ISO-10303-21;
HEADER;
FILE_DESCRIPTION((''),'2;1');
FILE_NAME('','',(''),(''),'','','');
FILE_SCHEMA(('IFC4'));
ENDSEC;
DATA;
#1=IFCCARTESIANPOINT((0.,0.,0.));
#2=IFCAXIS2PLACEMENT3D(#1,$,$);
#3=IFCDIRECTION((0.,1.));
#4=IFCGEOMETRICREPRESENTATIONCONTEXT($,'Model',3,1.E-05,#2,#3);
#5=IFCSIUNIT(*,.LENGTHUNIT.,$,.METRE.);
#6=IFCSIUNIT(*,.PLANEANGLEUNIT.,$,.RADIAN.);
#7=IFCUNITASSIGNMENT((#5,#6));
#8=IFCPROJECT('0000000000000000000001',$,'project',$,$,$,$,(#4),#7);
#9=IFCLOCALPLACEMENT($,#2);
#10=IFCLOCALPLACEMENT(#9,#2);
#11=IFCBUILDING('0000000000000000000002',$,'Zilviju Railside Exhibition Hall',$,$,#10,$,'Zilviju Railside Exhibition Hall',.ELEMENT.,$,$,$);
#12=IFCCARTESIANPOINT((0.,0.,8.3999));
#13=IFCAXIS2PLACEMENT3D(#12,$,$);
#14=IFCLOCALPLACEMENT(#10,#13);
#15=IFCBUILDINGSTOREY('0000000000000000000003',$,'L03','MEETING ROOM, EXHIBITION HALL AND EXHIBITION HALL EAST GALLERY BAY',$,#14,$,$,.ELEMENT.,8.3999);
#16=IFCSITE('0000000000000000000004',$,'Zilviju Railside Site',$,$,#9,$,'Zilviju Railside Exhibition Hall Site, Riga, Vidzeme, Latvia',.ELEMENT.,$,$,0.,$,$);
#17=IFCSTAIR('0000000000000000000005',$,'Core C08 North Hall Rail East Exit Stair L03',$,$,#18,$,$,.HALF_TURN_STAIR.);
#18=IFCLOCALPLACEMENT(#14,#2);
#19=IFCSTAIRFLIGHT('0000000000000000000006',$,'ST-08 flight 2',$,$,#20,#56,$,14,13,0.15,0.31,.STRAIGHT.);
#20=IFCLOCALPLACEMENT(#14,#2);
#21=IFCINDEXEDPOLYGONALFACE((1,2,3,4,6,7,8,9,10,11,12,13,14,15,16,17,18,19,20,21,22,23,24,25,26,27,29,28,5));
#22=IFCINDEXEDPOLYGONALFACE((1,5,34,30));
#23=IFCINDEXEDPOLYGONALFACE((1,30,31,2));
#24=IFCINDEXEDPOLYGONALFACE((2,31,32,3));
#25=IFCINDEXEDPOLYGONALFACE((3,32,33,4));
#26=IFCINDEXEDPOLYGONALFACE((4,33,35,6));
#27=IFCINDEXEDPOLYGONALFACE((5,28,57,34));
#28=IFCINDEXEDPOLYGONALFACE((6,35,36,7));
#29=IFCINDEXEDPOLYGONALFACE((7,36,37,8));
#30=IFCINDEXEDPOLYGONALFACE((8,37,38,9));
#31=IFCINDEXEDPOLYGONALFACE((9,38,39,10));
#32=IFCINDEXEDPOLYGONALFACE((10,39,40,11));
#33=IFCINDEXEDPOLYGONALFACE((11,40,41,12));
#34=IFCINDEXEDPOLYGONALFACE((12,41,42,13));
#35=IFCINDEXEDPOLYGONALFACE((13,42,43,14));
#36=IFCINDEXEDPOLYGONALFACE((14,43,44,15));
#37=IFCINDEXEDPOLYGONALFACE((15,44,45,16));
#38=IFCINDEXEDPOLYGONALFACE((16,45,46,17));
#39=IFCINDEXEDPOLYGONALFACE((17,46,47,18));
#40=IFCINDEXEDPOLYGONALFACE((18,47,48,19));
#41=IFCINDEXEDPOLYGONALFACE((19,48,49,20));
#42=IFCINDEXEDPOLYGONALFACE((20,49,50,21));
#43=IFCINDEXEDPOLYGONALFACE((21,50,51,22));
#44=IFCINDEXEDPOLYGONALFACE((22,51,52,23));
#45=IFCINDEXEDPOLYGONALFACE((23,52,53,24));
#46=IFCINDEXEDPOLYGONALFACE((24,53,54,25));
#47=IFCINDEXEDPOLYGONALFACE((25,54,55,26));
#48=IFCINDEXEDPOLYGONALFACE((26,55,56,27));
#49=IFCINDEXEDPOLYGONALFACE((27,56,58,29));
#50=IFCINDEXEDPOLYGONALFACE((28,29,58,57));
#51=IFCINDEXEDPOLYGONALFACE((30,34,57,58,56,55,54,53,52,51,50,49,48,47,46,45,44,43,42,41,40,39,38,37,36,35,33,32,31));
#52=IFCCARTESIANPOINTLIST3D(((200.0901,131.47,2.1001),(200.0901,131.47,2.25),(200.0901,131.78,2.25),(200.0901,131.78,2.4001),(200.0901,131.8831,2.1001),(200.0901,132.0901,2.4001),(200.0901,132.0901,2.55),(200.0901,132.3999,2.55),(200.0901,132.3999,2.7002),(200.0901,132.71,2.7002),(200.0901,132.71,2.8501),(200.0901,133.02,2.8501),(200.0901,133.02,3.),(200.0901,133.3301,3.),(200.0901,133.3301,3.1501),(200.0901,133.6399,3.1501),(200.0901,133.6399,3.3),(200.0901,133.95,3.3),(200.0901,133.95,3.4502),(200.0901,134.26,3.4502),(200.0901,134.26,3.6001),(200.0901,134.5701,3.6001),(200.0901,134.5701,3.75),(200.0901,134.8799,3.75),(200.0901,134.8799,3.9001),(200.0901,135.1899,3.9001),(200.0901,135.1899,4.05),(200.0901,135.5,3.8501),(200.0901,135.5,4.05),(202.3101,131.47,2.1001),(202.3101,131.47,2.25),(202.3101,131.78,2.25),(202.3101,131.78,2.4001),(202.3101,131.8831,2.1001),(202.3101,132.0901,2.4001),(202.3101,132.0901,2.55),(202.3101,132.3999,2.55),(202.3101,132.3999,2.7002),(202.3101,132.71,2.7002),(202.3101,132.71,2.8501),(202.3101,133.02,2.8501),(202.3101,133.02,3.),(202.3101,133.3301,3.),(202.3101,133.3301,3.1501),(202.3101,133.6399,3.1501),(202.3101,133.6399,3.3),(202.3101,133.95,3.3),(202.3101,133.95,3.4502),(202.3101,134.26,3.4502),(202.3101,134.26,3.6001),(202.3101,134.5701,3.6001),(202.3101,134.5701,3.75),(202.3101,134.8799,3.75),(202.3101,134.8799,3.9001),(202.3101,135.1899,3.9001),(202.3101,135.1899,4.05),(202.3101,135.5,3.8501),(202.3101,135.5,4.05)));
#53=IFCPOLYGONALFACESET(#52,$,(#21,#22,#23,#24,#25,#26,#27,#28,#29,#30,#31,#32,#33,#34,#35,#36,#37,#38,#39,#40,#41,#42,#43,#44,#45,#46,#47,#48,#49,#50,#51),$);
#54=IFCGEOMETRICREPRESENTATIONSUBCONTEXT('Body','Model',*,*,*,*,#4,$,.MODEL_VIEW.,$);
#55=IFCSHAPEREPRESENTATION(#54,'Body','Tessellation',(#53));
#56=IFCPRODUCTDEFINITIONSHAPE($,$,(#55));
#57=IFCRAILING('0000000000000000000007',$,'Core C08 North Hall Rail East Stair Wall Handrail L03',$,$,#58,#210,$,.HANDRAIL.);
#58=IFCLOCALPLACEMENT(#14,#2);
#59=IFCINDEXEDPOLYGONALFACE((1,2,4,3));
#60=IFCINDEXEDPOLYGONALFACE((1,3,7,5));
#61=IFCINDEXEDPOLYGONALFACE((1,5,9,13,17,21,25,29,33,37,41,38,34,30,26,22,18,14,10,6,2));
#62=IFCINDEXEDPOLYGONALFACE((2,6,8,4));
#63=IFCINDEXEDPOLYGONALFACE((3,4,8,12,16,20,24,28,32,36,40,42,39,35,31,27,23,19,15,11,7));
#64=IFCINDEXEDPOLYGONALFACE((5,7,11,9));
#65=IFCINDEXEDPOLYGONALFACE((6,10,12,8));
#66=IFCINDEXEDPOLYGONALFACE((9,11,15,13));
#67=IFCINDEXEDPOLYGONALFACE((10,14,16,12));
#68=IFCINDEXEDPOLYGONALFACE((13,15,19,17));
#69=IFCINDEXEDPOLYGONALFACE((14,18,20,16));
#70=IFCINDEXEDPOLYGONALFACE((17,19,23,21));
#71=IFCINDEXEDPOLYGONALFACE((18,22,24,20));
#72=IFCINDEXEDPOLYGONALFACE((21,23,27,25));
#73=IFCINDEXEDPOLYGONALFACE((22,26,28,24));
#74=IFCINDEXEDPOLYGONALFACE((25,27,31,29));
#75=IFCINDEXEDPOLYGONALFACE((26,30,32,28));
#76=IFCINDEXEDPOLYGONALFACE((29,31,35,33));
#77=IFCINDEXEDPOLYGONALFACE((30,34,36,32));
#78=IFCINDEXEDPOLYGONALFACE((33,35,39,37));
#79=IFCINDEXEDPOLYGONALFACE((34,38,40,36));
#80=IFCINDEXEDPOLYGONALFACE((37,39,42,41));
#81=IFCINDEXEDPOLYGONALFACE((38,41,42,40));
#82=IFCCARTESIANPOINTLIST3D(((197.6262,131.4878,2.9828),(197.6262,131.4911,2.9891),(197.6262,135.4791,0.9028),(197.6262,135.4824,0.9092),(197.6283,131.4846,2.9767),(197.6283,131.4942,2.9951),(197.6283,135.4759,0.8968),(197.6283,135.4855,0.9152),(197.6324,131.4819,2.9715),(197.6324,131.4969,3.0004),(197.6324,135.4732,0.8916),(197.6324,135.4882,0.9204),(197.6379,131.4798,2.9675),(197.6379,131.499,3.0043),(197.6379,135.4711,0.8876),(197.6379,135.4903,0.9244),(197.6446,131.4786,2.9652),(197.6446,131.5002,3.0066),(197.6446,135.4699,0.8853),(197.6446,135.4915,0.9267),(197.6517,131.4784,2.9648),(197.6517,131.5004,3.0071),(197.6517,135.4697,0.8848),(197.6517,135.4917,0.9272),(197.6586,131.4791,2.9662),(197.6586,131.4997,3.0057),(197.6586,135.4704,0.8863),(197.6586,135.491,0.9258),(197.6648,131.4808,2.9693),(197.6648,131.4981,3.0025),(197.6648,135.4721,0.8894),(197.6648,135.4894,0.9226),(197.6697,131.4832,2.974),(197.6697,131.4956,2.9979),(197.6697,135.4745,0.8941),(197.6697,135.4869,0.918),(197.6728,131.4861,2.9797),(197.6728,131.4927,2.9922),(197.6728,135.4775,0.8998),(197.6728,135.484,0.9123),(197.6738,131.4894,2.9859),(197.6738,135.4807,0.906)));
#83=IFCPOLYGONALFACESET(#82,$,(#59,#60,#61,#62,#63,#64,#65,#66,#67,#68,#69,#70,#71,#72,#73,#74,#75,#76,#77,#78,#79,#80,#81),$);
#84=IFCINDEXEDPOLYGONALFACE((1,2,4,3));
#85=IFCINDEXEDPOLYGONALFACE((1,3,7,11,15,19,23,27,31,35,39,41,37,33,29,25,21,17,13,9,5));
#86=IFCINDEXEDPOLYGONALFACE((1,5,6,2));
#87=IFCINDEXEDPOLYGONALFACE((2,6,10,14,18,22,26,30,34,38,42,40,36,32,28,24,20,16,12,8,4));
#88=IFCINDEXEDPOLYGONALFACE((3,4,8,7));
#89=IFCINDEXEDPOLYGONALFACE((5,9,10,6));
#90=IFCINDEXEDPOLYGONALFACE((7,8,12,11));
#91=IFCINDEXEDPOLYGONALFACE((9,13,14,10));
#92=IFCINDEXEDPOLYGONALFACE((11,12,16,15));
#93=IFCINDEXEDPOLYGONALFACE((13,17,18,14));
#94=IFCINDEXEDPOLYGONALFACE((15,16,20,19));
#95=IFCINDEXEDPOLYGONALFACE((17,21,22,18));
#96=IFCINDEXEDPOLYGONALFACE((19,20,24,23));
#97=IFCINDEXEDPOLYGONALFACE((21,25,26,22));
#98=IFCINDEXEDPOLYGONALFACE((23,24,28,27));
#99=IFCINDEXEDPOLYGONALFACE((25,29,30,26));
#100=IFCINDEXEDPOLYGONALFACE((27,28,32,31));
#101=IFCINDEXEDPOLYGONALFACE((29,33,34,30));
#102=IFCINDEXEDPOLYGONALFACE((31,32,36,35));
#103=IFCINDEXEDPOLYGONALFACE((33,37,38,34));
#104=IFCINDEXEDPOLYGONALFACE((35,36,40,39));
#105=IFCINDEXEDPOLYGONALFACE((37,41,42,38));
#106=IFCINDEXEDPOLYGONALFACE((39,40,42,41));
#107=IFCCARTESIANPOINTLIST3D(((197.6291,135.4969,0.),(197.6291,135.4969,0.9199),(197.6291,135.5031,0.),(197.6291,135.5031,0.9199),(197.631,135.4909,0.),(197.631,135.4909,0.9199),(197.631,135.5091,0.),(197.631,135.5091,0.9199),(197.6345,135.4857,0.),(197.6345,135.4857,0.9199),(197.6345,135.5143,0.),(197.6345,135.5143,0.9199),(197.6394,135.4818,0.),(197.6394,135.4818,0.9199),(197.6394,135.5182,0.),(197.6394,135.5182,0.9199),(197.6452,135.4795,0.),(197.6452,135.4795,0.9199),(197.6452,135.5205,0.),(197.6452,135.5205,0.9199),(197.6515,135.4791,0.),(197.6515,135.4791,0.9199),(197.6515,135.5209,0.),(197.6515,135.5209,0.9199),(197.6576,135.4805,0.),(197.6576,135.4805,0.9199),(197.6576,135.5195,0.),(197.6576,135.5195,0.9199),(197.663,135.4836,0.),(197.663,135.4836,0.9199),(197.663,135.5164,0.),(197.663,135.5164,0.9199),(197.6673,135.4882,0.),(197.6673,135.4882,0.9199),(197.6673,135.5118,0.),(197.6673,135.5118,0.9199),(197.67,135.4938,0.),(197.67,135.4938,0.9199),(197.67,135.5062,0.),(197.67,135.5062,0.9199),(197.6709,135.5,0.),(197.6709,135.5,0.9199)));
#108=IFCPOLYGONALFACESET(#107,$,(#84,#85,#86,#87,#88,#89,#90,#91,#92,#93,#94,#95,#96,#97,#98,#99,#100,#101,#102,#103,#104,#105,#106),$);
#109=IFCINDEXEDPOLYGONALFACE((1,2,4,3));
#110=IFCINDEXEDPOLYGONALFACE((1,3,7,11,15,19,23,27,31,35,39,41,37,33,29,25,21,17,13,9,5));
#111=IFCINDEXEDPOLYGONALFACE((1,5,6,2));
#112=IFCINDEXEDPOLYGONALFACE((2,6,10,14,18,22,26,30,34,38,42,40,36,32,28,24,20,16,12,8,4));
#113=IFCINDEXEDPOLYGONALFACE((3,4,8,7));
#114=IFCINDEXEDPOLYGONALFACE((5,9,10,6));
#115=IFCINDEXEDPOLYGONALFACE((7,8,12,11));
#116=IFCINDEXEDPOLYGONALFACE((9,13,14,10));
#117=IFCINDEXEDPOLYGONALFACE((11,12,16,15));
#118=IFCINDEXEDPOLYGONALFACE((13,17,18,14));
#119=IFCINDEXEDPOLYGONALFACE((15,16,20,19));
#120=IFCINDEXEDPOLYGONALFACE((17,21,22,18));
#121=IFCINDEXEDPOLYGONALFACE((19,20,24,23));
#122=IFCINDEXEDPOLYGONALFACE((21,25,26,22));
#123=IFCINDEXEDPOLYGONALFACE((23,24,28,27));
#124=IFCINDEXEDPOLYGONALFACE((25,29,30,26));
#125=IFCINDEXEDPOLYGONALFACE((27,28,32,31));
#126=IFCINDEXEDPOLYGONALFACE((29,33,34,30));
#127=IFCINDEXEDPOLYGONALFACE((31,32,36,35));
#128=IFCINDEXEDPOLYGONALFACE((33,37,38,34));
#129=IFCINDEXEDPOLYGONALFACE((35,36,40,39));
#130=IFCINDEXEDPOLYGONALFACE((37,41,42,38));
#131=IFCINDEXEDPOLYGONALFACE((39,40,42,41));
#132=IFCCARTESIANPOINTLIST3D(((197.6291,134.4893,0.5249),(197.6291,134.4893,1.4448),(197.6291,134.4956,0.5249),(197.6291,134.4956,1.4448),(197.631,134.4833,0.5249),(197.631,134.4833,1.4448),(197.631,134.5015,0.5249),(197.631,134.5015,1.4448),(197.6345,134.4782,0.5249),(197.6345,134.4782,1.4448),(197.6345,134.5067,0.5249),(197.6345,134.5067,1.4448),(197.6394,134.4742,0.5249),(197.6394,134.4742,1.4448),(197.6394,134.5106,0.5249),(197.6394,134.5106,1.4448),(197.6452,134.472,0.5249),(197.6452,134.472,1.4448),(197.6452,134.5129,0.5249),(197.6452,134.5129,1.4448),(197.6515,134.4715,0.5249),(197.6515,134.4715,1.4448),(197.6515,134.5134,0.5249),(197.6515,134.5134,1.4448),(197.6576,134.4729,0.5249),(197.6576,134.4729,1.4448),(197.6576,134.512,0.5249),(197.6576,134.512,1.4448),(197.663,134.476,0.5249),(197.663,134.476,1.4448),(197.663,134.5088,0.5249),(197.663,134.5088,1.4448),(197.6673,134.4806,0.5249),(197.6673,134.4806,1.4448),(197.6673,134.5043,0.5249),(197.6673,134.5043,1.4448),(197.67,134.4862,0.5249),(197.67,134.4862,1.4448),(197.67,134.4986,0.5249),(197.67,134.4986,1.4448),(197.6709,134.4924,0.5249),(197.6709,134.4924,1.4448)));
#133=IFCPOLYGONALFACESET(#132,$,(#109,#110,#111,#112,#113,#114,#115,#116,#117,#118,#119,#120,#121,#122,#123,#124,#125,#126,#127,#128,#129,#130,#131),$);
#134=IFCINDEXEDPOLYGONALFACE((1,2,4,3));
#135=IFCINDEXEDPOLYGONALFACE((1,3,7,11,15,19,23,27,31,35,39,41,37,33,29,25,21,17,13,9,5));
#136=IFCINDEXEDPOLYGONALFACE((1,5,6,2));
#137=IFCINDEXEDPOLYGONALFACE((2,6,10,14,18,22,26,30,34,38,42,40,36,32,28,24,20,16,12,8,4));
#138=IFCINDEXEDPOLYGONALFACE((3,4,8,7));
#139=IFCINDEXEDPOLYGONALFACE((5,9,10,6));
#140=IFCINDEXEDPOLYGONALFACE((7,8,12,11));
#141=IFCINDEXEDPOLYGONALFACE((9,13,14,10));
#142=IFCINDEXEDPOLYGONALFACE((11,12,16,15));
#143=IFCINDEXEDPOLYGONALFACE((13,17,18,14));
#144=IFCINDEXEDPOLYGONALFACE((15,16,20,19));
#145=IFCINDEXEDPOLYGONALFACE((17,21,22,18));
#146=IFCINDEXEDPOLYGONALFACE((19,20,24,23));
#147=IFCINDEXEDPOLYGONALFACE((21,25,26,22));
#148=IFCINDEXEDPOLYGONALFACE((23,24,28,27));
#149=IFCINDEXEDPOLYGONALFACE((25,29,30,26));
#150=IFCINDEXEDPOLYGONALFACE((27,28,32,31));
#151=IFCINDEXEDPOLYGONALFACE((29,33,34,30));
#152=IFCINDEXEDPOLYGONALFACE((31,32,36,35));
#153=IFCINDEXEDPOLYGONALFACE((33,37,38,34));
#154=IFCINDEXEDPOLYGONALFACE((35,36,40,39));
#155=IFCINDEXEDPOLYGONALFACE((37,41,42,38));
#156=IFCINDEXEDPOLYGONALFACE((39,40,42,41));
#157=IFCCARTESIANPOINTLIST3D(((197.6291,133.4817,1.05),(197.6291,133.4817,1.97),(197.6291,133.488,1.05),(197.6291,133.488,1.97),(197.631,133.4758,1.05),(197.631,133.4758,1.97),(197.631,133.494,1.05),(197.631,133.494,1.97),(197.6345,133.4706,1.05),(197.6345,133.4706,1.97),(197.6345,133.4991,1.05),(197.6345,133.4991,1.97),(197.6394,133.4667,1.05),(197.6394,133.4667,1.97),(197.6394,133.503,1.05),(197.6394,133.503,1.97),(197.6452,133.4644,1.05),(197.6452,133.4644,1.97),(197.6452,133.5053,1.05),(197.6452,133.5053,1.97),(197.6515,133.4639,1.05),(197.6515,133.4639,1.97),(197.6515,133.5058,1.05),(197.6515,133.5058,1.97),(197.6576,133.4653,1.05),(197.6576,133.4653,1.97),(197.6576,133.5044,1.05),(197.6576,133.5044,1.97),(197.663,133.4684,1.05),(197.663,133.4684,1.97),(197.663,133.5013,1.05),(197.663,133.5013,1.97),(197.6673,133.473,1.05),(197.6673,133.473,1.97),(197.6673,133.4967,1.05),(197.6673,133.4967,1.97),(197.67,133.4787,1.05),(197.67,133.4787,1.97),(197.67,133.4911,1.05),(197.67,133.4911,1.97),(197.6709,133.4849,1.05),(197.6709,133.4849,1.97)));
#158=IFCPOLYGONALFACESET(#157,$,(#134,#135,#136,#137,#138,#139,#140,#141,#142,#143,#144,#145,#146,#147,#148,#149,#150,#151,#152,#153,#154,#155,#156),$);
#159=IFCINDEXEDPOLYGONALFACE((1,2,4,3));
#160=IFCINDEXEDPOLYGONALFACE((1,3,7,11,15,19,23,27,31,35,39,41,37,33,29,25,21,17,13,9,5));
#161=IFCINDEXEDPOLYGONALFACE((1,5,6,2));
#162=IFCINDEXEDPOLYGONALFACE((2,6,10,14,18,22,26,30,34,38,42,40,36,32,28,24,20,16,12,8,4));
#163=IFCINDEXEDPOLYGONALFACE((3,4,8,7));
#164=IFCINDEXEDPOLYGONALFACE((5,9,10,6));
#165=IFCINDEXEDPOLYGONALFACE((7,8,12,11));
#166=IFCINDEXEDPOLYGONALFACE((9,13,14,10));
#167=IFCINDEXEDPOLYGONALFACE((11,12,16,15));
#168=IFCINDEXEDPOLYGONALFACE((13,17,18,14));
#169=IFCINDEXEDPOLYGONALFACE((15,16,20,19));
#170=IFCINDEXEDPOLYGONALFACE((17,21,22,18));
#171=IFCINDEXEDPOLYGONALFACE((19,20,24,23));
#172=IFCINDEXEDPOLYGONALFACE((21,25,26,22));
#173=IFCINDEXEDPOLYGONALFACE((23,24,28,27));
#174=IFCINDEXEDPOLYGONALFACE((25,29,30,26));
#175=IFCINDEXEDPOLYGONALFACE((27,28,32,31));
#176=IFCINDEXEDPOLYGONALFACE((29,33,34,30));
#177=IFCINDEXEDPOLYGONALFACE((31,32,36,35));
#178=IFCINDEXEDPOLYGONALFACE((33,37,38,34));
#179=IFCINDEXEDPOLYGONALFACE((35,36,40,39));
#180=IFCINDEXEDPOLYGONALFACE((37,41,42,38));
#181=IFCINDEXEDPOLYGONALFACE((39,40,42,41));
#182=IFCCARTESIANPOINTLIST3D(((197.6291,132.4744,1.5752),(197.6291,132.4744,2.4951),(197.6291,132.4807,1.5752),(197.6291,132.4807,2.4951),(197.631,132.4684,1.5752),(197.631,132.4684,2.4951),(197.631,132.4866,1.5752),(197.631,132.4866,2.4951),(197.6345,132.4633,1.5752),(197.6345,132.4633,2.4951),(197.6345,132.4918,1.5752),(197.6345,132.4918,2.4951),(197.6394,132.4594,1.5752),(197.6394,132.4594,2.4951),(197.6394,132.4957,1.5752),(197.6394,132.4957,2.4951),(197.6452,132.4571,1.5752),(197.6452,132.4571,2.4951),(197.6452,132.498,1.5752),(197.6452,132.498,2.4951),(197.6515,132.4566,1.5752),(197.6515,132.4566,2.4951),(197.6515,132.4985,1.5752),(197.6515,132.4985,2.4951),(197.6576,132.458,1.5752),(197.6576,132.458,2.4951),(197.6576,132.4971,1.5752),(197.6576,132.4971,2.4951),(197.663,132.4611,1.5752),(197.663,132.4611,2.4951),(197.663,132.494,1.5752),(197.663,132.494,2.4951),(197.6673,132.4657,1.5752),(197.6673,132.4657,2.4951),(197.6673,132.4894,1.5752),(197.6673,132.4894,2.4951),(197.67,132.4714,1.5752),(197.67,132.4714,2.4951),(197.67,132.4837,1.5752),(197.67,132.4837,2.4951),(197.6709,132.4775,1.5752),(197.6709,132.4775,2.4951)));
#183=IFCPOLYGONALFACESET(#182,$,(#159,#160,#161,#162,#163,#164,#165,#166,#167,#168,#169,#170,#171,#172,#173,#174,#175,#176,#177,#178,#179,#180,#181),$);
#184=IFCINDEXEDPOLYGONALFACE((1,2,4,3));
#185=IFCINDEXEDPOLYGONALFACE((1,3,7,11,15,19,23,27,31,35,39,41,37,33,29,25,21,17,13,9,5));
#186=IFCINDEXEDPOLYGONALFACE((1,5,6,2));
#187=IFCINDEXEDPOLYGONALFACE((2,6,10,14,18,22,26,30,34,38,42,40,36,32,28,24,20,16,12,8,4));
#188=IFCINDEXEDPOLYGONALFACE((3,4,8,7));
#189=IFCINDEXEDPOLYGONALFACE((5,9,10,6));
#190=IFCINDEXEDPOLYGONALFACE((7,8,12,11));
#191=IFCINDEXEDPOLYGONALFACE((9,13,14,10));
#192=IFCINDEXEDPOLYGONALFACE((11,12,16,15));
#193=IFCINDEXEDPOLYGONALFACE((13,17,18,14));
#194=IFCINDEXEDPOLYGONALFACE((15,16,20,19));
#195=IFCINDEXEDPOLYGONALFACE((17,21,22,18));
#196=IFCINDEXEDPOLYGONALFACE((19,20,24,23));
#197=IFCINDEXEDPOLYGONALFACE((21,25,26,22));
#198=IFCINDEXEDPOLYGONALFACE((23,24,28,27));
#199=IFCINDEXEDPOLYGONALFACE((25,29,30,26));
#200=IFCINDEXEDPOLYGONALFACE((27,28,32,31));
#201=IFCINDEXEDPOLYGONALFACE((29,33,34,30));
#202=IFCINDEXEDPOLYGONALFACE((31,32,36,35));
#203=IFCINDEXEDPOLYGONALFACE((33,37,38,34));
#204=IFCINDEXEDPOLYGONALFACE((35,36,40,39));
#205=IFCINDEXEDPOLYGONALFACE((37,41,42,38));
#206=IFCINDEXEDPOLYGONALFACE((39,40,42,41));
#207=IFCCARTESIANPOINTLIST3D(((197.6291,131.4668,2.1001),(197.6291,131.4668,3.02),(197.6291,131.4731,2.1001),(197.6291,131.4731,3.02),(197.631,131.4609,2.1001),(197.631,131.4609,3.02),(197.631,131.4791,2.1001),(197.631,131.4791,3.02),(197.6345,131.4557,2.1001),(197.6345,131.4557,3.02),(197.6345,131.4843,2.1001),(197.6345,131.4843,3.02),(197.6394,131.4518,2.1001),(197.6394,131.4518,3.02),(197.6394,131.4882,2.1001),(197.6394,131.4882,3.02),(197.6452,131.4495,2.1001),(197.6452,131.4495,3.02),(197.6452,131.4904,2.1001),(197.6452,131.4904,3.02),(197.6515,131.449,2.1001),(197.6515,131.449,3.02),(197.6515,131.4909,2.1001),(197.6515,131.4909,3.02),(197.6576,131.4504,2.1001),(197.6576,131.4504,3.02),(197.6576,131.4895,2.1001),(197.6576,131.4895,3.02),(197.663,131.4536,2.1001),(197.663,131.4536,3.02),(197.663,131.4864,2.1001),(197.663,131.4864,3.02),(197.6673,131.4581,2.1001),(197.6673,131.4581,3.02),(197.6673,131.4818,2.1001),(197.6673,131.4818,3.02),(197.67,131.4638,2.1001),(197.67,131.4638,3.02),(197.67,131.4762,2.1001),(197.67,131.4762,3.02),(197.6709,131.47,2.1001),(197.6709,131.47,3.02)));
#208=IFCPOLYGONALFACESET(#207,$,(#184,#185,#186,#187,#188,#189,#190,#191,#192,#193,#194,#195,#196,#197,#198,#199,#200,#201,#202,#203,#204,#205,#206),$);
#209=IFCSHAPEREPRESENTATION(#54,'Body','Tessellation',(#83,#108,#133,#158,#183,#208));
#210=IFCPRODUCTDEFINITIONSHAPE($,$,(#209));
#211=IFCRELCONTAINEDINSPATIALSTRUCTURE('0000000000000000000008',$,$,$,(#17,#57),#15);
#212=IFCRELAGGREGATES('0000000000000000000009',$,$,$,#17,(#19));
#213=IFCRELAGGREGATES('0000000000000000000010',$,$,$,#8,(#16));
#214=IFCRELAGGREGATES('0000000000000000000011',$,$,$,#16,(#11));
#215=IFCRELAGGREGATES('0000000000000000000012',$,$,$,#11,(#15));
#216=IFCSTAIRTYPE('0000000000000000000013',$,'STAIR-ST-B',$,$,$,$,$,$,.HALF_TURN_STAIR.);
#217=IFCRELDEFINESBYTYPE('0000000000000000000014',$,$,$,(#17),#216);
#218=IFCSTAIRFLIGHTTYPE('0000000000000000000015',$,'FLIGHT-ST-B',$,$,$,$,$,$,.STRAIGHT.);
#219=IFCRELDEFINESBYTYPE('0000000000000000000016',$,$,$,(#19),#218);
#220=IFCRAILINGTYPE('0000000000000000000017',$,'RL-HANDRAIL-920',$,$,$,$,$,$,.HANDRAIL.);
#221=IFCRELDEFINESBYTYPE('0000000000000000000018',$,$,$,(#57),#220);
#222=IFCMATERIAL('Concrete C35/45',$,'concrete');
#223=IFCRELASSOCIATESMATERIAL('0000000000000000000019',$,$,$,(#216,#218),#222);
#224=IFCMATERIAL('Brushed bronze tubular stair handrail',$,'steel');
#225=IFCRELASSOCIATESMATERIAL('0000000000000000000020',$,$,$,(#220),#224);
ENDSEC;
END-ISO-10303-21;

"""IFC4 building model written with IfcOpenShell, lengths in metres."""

from ifc_helpers import new_model, si_unit, direction, frame, origin, origin_2d, place, context, subcontext, project, spatial, polyline, circle, outline, extrude, material, type_object, element, aggregate, save


model = new_model("IFC4")

# Units and contexts
model_context = context("Model", 3, precision=1e-05, world=origin(), true_north=direction((0.0, 1.0)))
body_context = subcontext(model_context, "Body", "Model", "MODEL_VIEW")
ifc_project = project(units=[si_unit("LENGTHUNIT", "METRE"), si_unit("PLANEANGLEUNIT", "RADIAN")], contexts=[model_context])

# Site, building, storey
site_placement = place(None, origin())
site = spatial("IfcSite", under=ifc_project, at=site_placement, Name="Zilviju Railside Site", LongName="Zilviju Railside Exhibition Hall Site, Riga, Vidzeme, Latvia", CompositionType="ELEMENT", RefElevation=0.0)
building_placement = place(site_placement, origin())
building = spatial("IfcBuilding", under=site, at=building_placement, Name="Zilviju Railside Exhibition Hall", LongName="Zilviju Railside Exhibition Hall", CompositionType="ELEMENT")
storey_placement = place(building_placement, frame((0.0, 0.0, 8.3999)))
storey = spatial("IfcBuildingStorey", under=building, at=storey_placement, Name="L03", Description="MEETING ROOM, EXHIBITION HALL AND EXHIBITION HALL EAST GALLERY BAY", CompositionType="ELEMENT", Elevation=8.3999)

# Shared definitions
ifc_material_1 = material(Name="Concrete C35/45", Category="concrete")

# Stair, stair flight
stair_type = type_object("IfcStairType", Name="STAIR-ST-B", PredefinedType="HALF_TURN_STAIR", material=ifc_material_1)
stair_placement = place(storey_placement, origin())
stair = element("IfcStair", 1, at=stair_placement, inside=storey, type_object=stair_type, Name="Core C08 North Hall Rail East Exit Stair L03", PredefinedType="HALF_TURN_STAIR")
stair_flight_type = type_object("IfcStairFlightType", Name="FLIGHT-ST-B", PredefinedType="STRAIGHT", material=ifc_material_1)
stair_flight_1_placement = place(storey_placement, frame((201.2, 131.47, 2.1001), z_axis=(0.0, 0.0, 1.0), x_axis=(0.0, 1.0, 0.0)))
stair_flight_1 = element("IfcStairFlight", 2, at=stair_flight_1_placement, type_object=stair_flight_type, Name="ST-08 flight 2", NumberOfRisers=14, NumberOfTreads=13, PredefinedType="STRAIGHT", RiserHeight=0.15, TreadLength=0.31, context=body_context, shape_type="SweptSolid", body=[
    extrude(outline(polyline([(0.0, 0.0), (0.0, 0.1499), (0.3101, 0.1499), (0.3101, 0.3), (0.6201, 0.3), (0.6201, 0.45), (0.9299, 0.45), (0.9299, 0.6001), (1.24, 0.6001), (1.24, 0.75), (1.55, 0.75), (1.55, 0.8999), (1.8601, 0.8999), (1.8601, 1.05), (2.1699, 1.05), (2.1699, 1.2), (2.48, 1.2), (2.48, 1.3501), (2.79, 1.3501), (2.79, 1.5), (3.1001, 1.5), (3.1001, 1.6499), (3.4099, 1.6499), (3.4099, 1.8), (3.72, 1.8), (3.72, 1.95), (4.03, 1.95), (4.03, 2.1001), (4.03, 1.75), (0.4131, 0.0), (0.0, 0.0)])), frame((0.0, 1.1099, 0.0), z_axis=(0.0, -1.0, 0.0), x_axis=(1.0, 0.0, 0.0)), (0.0, 0.0, 1.0), 2.22),
])
aggregate(stair, [stair_flight_1])

# Railing
ifc_material_2 = material(Name="Brushed bronze tubular stair handrail", Category="steel")
railing_type_1 = type_object("IfcRailingType", Name="RL-HANDRAIL-920", PredefinedType="HANDRAIL", material=ifc_material_2)
railing_1_placement = place(storey_placement, frame((197.6499, 135.5, 0.0)))
element("IfcRailing", 3, at=railing_1_placement, inside=storey, type_object=railing_type_1, Name="Core C08 North Hall Rail East Stair Wall Handrail L03", PredefinedType="HANDRAIL", context=body_context, shape_type="SweptSolid", body=[
    extrude(circle(Radius=0.0239, at=origin_2d()), frame((0.0, -0.0193, 0.906), z_axis=(0.0, -0.886813, 0.462129), x_axis=(1.0, 0.0, 0.0)), (0.0, 0.0, 1.0), 4.5007),
    extrude(circle(Radius=0.021, at=origin_2d()), origin(), (0.0, 0.0, 1.0), 0.9199),
    extrude(circle(Radius=0.021, at=origin_2d()), frame((0.0, -1.0076, 0.5249)), (0.0, 0.0, 1.0), 0.9199),
    extrude(circle(Radius=0.021, at=origin_2d()), frame((0.0, -2.0151, 1.05)), (0.0, 0.0, 1.0), 0.9199),
    extrude(circle(Radius=0.021, at=origin_2d()), frame((0.0, -3.0225, 1.5752)), (0.0, 0.0, 1.0), 0.9199),
    extrude(circle(Radius=0.021, at=origin_2d()), frame((0.0, -4.03, 2.1001)), (0.0, 0.0, 1.0), 0.9199),
])

save(model, "model.ifc")
